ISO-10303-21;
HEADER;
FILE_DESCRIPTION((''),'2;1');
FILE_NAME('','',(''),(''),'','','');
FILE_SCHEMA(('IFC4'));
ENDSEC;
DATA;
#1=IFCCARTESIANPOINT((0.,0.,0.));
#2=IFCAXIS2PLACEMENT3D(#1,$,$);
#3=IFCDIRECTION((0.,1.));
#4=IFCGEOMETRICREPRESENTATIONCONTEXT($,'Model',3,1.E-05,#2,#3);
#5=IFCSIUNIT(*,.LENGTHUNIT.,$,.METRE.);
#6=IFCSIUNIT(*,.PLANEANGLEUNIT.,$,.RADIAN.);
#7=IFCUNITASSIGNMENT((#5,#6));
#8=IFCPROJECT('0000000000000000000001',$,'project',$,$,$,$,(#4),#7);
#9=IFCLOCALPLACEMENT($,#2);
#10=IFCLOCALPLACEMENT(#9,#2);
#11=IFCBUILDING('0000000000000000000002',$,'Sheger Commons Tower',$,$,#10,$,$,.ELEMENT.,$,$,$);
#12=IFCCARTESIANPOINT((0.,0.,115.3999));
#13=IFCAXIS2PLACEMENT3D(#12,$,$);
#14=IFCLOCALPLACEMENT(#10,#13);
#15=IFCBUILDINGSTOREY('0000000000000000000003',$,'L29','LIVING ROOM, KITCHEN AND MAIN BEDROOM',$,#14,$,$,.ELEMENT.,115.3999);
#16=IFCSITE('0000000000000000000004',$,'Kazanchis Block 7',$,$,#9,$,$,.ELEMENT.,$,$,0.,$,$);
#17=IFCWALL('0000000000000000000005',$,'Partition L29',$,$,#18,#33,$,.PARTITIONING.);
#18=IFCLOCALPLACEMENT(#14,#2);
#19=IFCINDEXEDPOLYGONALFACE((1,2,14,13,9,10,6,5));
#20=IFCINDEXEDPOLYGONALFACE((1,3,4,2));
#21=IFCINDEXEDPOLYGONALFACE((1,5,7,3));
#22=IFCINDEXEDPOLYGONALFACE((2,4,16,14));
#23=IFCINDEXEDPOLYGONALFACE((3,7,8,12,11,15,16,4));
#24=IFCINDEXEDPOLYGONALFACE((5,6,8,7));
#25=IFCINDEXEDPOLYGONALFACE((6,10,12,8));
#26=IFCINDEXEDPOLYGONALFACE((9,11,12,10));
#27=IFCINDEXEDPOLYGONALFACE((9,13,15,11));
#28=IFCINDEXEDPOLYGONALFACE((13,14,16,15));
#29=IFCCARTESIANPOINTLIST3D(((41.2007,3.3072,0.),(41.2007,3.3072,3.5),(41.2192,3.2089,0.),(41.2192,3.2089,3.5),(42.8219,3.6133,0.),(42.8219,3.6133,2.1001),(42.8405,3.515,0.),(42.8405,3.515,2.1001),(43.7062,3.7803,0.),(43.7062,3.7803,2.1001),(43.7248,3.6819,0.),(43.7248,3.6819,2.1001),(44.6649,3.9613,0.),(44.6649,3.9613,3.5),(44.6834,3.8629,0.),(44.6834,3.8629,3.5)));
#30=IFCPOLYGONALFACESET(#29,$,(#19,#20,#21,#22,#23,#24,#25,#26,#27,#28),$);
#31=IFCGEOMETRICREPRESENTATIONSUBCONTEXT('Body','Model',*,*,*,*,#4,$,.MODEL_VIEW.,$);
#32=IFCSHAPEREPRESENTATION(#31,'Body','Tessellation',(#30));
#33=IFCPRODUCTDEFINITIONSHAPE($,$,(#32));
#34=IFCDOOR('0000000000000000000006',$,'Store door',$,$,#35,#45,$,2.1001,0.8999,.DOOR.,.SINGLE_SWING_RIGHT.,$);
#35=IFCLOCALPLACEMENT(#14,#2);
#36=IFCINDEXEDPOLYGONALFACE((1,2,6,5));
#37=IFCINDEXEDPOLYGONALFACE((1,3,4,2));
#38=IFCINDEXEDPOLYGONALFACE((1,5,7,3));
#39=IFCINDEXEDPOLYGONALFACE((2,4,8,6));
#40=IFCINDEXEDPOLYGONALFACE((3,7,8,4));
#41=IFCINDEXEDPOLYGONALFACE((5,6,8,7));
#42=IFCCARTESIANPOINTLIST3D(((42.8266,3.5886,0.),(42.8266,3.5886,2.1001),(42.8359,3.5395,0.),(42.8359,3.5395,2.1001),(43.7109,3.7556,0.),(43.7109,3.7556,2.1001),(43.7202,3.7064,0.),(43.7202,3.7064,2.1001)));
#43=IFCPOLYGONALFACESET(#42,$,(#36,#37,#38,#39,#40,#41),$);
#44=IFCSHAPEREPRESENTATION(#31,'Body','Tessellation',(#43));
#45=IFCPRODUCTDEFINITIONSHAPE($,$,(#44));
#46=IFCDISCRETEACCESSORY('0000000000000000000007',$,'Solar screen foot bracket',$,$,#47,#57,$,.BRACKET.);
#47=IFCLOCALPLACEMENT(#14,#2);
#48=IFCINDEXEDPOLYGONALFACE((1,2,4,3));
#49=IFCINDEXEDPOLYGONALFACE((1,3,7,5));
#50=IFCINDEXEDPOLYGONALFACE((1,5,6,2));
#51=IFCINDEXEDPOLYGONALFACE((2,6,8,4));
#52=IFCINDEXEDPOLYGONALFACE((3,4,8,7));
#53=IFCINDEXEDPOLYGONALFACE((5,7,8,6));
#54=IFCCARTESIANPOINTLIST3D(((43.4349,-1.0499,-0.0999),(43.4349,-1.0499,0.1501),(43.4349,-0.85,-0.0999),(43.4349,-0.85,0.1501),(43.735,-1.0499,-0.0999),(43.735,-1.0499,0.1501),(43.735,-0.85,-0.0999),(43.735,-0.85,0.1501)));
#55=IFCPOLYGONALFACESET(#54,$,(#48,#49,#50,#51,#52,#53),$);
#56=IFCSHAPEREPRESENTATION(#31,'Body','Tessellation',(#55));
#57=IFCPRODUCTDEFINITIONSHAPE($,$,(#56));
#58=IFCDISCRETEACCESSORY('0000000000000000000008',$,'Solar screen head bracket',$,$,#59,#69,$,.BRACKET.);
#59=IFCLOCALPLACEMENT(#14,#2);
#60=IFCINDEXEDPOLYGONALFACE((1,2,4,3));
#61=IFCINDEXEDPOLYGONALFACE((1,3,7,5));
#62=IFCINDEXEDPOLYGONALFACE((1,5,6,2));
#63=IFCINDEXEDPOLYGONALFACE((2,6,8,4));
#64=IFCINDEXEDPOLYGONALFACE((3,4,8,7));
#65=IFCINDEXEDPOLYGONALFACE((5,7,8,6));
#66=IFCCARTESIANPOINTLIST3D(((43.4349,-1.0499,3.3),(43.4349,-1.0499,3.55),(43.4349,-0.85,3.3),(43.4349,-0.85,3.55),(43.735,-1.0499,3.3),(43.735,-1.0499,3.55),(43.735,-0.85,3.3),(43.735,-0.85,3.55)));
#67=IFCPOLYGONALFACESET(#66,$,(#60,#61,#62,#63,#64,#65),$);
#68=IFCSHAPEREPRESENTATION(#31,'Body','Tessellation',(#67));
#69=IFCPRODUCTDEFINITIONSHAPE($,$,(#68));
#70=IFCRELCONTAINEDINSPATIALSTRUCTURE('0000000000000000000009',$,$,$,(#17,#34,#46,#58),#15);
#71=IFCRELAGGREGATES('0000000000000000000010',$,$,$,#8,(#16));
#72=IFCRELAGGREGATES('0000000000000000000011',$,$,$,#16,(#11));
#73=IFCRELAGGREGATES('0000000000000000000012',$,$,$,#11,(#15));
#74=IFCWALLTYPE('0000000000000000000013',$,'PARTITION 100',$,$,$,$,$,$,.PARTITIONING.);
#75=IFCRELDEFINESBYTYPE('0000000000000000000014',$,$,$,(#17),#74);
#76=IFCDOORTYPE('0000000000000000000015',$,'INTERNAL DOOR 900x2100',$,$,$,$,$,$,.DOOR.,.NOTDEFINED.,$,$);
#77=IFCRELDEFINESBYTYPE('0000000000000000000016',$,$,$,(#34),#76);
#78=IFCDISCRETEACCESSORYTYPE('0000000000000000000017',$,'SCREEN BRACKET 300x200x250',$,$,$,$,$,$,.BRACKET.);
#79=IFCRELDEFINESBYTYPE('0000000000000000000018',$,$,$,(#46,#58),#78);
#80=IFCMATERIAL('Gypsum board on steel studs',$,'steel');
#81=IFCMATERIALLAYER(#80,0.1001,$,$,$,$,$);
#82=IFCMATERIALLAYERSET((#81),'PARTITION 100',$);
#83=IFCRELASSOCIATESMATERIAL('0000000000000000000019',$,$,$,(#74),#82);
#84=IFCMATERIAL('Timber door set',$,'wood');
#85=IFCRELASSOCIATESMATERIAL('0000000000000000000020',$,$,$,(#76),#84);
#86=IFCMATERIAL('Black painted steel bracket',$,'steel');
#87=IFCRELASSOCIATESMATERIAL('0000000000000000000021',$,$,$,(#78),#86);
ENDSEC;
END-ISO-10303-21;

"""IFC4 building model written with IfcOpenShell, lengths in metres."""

from ifc_helpers import new_model, si_unit, direction, frame, frame_2d, origin, origin_2d, place, context, subcontext, project, spatial, rectangle, extrude, material, layer, layer_set, type_object, element, fill, save


model = new_model("IFC4")

# Units and contexts
model_context = context("Model", 3, precision=1e-05, world=origin(), true_north=direction((0.0, 1.0)))
body_context = subcontext(model_context, "Body", "Model", "MODEL_VIEW")
ifc_project = project(units=[si_unit("LENGTHUNIT", "METRE"), si_unit("PLANEANGLEUNIT", "RADIAN")], contexts=[model_context])

# Site, building, storey
site_placement = place(None, origin())
site = spatial("IfcSite", under=ifc_project, at=site_placement, Name="Kazanchis Block 7", CompositionType="ELEMENT", RefElevation=0.0)
building_placement = place(site_placement, origin())
building = spatial("IfcBuilding", under=site, at=building_placement, Name="Sheger Commons Tower", CompositionType="ELEMENT")
storey_placement = place(building_placement, frame((0.0, 0.0, 115.3999)))
storey = spatial("IfcBuildingStorey", under=building, at=storey_placement, Name="L29", Description="LIVING ROOM, KITCHEN AND MAIN BEDROOM", CompositionType="ELEMENT", Elevation=115.3999)

# Shared definitions
ifc_material_1 = material(Name="Gypsum board on steel studs", Category="steel")
ifc_layer_1 = layer(ifc_material_1, 0.1001)
ifc_layer_set_1 = layer_set([ifc_layer_1], Name="PARTITION 100")
wall_type = type_object("IfcWallType", Name="PARTITION 100", PredefinedType="PARTITIONING", material=ifc_layer_set_1)
ifc_material_2 = material(Name="Timber door set", Category="wood")
door_type = type_object("IfcDoorType", Name="INTERNAL DOOR 900x2100", OperationType="NOTDEFINED", PredefinedType="DOOR", material=ifc_material_2)

# Wall, opening, door
wall_1_placement = place(storey_placement, frame((41.21, 3.2581, 0.0), z_axis=(0.0, 0.0, 1.0), x_axis=(0.982639, 0.18553, 0.0)))
wall_1 = element("IfcWall", 1, at=wall_1_placement, inside=storey, type_object=wall_type, Name="Partition L29", PredefinedType="PARTITIONING", context=body_context, shape_type="SweptSolid", body=[
    extrude(rectangle(XDim=3.5254, YDim=0.1001, at=frame_2d((1.7627, 0.0))), origin(), (0.0, 0.0, 1.0), 3.5),
])
opening_1_placement = place(wall_1_placement, frame((1.6499, 0.0, 0.0)))
opening_1 = element("IfcOpeningElement", 2, at=opening_1_placement, cuts=wall_1, PredefinedType="OPENING", context=body_context, shape_type="SweptSolid", body=[
    extrude(rectangle(XDim=0.8999, YDim=2.1001, at=frame_2d((0.45, 1.05))), frame((0.0, 0.0601, 0.0), z_axis=(0.0, -1.0, 0.0), x_axis=(1.0, 0.0, 0.0)), (0.0, 0.0, 1.0), 0.1201),
])
door_1_placement = place(opening_1_placement, origin())
door_1 = element("IfcDoor", 3, at=door_1_placement, inside=storey, type_object=door_type, Name="Store door", OperationType="SINGLE_SWING_RIGHT", OverallHeight=2.1001, OverallWidth=0.8999, PredefinedType="DOOR", context=body_context, shape_type="SweptSolid", body=[
    extrude(rectangle(XDim=0.8999, YDim=2.1001, at=frame_2d((0.45, 1.05))), frame((0.0, 0.0249, 0.0), z_axis=(0.0, -1.0, 0.0), x_axis=(1.0, 0.0, 0.0)), (0.0, 0.0, 1.0), 0.05),
])
fill(opening_1, door_1)

# Discrete accessories
ifc_material_3 = material(Name="Black painted steel bracket", Category="steel")
discrete_accessory_type = type_object("IfcDiscreteAccessoryType", Name="SCREEN BRACKET 300x200x250", PredefinedType="BRACKET", material=ifc_material_3)
for number, where, z_axis, x_axis, name in (
    (4, (43.585, -0.95, -0.0999), (0.0, 0.0, 1.0), (1.0, 0.0, 0.0), "Solar screen foot bracket"),
    (5, (43.585, -0.95, 3.3), (0.0, 0.0, 1.0), (1.0, 0.0, 0.0), "Solar screen head bracket"),
):
    element("IfcDiscreteAccessory", number, at=place(storey_placement, frame(where, z_axis=z_axis, x_axis=x_axis)), inside=storey, type_object=discrete_accessory_type, Name=name, PredefinedType="BRACKET", context=body_context, shape_type="SweptSolid", body=[
        extrude(rectangle(XDim=0.3, YDim=0.2, at=origin_2d()), origin(), (0.0, 0.0, 1.0), 0.25),
    ])

save(model, "model.ifc")
